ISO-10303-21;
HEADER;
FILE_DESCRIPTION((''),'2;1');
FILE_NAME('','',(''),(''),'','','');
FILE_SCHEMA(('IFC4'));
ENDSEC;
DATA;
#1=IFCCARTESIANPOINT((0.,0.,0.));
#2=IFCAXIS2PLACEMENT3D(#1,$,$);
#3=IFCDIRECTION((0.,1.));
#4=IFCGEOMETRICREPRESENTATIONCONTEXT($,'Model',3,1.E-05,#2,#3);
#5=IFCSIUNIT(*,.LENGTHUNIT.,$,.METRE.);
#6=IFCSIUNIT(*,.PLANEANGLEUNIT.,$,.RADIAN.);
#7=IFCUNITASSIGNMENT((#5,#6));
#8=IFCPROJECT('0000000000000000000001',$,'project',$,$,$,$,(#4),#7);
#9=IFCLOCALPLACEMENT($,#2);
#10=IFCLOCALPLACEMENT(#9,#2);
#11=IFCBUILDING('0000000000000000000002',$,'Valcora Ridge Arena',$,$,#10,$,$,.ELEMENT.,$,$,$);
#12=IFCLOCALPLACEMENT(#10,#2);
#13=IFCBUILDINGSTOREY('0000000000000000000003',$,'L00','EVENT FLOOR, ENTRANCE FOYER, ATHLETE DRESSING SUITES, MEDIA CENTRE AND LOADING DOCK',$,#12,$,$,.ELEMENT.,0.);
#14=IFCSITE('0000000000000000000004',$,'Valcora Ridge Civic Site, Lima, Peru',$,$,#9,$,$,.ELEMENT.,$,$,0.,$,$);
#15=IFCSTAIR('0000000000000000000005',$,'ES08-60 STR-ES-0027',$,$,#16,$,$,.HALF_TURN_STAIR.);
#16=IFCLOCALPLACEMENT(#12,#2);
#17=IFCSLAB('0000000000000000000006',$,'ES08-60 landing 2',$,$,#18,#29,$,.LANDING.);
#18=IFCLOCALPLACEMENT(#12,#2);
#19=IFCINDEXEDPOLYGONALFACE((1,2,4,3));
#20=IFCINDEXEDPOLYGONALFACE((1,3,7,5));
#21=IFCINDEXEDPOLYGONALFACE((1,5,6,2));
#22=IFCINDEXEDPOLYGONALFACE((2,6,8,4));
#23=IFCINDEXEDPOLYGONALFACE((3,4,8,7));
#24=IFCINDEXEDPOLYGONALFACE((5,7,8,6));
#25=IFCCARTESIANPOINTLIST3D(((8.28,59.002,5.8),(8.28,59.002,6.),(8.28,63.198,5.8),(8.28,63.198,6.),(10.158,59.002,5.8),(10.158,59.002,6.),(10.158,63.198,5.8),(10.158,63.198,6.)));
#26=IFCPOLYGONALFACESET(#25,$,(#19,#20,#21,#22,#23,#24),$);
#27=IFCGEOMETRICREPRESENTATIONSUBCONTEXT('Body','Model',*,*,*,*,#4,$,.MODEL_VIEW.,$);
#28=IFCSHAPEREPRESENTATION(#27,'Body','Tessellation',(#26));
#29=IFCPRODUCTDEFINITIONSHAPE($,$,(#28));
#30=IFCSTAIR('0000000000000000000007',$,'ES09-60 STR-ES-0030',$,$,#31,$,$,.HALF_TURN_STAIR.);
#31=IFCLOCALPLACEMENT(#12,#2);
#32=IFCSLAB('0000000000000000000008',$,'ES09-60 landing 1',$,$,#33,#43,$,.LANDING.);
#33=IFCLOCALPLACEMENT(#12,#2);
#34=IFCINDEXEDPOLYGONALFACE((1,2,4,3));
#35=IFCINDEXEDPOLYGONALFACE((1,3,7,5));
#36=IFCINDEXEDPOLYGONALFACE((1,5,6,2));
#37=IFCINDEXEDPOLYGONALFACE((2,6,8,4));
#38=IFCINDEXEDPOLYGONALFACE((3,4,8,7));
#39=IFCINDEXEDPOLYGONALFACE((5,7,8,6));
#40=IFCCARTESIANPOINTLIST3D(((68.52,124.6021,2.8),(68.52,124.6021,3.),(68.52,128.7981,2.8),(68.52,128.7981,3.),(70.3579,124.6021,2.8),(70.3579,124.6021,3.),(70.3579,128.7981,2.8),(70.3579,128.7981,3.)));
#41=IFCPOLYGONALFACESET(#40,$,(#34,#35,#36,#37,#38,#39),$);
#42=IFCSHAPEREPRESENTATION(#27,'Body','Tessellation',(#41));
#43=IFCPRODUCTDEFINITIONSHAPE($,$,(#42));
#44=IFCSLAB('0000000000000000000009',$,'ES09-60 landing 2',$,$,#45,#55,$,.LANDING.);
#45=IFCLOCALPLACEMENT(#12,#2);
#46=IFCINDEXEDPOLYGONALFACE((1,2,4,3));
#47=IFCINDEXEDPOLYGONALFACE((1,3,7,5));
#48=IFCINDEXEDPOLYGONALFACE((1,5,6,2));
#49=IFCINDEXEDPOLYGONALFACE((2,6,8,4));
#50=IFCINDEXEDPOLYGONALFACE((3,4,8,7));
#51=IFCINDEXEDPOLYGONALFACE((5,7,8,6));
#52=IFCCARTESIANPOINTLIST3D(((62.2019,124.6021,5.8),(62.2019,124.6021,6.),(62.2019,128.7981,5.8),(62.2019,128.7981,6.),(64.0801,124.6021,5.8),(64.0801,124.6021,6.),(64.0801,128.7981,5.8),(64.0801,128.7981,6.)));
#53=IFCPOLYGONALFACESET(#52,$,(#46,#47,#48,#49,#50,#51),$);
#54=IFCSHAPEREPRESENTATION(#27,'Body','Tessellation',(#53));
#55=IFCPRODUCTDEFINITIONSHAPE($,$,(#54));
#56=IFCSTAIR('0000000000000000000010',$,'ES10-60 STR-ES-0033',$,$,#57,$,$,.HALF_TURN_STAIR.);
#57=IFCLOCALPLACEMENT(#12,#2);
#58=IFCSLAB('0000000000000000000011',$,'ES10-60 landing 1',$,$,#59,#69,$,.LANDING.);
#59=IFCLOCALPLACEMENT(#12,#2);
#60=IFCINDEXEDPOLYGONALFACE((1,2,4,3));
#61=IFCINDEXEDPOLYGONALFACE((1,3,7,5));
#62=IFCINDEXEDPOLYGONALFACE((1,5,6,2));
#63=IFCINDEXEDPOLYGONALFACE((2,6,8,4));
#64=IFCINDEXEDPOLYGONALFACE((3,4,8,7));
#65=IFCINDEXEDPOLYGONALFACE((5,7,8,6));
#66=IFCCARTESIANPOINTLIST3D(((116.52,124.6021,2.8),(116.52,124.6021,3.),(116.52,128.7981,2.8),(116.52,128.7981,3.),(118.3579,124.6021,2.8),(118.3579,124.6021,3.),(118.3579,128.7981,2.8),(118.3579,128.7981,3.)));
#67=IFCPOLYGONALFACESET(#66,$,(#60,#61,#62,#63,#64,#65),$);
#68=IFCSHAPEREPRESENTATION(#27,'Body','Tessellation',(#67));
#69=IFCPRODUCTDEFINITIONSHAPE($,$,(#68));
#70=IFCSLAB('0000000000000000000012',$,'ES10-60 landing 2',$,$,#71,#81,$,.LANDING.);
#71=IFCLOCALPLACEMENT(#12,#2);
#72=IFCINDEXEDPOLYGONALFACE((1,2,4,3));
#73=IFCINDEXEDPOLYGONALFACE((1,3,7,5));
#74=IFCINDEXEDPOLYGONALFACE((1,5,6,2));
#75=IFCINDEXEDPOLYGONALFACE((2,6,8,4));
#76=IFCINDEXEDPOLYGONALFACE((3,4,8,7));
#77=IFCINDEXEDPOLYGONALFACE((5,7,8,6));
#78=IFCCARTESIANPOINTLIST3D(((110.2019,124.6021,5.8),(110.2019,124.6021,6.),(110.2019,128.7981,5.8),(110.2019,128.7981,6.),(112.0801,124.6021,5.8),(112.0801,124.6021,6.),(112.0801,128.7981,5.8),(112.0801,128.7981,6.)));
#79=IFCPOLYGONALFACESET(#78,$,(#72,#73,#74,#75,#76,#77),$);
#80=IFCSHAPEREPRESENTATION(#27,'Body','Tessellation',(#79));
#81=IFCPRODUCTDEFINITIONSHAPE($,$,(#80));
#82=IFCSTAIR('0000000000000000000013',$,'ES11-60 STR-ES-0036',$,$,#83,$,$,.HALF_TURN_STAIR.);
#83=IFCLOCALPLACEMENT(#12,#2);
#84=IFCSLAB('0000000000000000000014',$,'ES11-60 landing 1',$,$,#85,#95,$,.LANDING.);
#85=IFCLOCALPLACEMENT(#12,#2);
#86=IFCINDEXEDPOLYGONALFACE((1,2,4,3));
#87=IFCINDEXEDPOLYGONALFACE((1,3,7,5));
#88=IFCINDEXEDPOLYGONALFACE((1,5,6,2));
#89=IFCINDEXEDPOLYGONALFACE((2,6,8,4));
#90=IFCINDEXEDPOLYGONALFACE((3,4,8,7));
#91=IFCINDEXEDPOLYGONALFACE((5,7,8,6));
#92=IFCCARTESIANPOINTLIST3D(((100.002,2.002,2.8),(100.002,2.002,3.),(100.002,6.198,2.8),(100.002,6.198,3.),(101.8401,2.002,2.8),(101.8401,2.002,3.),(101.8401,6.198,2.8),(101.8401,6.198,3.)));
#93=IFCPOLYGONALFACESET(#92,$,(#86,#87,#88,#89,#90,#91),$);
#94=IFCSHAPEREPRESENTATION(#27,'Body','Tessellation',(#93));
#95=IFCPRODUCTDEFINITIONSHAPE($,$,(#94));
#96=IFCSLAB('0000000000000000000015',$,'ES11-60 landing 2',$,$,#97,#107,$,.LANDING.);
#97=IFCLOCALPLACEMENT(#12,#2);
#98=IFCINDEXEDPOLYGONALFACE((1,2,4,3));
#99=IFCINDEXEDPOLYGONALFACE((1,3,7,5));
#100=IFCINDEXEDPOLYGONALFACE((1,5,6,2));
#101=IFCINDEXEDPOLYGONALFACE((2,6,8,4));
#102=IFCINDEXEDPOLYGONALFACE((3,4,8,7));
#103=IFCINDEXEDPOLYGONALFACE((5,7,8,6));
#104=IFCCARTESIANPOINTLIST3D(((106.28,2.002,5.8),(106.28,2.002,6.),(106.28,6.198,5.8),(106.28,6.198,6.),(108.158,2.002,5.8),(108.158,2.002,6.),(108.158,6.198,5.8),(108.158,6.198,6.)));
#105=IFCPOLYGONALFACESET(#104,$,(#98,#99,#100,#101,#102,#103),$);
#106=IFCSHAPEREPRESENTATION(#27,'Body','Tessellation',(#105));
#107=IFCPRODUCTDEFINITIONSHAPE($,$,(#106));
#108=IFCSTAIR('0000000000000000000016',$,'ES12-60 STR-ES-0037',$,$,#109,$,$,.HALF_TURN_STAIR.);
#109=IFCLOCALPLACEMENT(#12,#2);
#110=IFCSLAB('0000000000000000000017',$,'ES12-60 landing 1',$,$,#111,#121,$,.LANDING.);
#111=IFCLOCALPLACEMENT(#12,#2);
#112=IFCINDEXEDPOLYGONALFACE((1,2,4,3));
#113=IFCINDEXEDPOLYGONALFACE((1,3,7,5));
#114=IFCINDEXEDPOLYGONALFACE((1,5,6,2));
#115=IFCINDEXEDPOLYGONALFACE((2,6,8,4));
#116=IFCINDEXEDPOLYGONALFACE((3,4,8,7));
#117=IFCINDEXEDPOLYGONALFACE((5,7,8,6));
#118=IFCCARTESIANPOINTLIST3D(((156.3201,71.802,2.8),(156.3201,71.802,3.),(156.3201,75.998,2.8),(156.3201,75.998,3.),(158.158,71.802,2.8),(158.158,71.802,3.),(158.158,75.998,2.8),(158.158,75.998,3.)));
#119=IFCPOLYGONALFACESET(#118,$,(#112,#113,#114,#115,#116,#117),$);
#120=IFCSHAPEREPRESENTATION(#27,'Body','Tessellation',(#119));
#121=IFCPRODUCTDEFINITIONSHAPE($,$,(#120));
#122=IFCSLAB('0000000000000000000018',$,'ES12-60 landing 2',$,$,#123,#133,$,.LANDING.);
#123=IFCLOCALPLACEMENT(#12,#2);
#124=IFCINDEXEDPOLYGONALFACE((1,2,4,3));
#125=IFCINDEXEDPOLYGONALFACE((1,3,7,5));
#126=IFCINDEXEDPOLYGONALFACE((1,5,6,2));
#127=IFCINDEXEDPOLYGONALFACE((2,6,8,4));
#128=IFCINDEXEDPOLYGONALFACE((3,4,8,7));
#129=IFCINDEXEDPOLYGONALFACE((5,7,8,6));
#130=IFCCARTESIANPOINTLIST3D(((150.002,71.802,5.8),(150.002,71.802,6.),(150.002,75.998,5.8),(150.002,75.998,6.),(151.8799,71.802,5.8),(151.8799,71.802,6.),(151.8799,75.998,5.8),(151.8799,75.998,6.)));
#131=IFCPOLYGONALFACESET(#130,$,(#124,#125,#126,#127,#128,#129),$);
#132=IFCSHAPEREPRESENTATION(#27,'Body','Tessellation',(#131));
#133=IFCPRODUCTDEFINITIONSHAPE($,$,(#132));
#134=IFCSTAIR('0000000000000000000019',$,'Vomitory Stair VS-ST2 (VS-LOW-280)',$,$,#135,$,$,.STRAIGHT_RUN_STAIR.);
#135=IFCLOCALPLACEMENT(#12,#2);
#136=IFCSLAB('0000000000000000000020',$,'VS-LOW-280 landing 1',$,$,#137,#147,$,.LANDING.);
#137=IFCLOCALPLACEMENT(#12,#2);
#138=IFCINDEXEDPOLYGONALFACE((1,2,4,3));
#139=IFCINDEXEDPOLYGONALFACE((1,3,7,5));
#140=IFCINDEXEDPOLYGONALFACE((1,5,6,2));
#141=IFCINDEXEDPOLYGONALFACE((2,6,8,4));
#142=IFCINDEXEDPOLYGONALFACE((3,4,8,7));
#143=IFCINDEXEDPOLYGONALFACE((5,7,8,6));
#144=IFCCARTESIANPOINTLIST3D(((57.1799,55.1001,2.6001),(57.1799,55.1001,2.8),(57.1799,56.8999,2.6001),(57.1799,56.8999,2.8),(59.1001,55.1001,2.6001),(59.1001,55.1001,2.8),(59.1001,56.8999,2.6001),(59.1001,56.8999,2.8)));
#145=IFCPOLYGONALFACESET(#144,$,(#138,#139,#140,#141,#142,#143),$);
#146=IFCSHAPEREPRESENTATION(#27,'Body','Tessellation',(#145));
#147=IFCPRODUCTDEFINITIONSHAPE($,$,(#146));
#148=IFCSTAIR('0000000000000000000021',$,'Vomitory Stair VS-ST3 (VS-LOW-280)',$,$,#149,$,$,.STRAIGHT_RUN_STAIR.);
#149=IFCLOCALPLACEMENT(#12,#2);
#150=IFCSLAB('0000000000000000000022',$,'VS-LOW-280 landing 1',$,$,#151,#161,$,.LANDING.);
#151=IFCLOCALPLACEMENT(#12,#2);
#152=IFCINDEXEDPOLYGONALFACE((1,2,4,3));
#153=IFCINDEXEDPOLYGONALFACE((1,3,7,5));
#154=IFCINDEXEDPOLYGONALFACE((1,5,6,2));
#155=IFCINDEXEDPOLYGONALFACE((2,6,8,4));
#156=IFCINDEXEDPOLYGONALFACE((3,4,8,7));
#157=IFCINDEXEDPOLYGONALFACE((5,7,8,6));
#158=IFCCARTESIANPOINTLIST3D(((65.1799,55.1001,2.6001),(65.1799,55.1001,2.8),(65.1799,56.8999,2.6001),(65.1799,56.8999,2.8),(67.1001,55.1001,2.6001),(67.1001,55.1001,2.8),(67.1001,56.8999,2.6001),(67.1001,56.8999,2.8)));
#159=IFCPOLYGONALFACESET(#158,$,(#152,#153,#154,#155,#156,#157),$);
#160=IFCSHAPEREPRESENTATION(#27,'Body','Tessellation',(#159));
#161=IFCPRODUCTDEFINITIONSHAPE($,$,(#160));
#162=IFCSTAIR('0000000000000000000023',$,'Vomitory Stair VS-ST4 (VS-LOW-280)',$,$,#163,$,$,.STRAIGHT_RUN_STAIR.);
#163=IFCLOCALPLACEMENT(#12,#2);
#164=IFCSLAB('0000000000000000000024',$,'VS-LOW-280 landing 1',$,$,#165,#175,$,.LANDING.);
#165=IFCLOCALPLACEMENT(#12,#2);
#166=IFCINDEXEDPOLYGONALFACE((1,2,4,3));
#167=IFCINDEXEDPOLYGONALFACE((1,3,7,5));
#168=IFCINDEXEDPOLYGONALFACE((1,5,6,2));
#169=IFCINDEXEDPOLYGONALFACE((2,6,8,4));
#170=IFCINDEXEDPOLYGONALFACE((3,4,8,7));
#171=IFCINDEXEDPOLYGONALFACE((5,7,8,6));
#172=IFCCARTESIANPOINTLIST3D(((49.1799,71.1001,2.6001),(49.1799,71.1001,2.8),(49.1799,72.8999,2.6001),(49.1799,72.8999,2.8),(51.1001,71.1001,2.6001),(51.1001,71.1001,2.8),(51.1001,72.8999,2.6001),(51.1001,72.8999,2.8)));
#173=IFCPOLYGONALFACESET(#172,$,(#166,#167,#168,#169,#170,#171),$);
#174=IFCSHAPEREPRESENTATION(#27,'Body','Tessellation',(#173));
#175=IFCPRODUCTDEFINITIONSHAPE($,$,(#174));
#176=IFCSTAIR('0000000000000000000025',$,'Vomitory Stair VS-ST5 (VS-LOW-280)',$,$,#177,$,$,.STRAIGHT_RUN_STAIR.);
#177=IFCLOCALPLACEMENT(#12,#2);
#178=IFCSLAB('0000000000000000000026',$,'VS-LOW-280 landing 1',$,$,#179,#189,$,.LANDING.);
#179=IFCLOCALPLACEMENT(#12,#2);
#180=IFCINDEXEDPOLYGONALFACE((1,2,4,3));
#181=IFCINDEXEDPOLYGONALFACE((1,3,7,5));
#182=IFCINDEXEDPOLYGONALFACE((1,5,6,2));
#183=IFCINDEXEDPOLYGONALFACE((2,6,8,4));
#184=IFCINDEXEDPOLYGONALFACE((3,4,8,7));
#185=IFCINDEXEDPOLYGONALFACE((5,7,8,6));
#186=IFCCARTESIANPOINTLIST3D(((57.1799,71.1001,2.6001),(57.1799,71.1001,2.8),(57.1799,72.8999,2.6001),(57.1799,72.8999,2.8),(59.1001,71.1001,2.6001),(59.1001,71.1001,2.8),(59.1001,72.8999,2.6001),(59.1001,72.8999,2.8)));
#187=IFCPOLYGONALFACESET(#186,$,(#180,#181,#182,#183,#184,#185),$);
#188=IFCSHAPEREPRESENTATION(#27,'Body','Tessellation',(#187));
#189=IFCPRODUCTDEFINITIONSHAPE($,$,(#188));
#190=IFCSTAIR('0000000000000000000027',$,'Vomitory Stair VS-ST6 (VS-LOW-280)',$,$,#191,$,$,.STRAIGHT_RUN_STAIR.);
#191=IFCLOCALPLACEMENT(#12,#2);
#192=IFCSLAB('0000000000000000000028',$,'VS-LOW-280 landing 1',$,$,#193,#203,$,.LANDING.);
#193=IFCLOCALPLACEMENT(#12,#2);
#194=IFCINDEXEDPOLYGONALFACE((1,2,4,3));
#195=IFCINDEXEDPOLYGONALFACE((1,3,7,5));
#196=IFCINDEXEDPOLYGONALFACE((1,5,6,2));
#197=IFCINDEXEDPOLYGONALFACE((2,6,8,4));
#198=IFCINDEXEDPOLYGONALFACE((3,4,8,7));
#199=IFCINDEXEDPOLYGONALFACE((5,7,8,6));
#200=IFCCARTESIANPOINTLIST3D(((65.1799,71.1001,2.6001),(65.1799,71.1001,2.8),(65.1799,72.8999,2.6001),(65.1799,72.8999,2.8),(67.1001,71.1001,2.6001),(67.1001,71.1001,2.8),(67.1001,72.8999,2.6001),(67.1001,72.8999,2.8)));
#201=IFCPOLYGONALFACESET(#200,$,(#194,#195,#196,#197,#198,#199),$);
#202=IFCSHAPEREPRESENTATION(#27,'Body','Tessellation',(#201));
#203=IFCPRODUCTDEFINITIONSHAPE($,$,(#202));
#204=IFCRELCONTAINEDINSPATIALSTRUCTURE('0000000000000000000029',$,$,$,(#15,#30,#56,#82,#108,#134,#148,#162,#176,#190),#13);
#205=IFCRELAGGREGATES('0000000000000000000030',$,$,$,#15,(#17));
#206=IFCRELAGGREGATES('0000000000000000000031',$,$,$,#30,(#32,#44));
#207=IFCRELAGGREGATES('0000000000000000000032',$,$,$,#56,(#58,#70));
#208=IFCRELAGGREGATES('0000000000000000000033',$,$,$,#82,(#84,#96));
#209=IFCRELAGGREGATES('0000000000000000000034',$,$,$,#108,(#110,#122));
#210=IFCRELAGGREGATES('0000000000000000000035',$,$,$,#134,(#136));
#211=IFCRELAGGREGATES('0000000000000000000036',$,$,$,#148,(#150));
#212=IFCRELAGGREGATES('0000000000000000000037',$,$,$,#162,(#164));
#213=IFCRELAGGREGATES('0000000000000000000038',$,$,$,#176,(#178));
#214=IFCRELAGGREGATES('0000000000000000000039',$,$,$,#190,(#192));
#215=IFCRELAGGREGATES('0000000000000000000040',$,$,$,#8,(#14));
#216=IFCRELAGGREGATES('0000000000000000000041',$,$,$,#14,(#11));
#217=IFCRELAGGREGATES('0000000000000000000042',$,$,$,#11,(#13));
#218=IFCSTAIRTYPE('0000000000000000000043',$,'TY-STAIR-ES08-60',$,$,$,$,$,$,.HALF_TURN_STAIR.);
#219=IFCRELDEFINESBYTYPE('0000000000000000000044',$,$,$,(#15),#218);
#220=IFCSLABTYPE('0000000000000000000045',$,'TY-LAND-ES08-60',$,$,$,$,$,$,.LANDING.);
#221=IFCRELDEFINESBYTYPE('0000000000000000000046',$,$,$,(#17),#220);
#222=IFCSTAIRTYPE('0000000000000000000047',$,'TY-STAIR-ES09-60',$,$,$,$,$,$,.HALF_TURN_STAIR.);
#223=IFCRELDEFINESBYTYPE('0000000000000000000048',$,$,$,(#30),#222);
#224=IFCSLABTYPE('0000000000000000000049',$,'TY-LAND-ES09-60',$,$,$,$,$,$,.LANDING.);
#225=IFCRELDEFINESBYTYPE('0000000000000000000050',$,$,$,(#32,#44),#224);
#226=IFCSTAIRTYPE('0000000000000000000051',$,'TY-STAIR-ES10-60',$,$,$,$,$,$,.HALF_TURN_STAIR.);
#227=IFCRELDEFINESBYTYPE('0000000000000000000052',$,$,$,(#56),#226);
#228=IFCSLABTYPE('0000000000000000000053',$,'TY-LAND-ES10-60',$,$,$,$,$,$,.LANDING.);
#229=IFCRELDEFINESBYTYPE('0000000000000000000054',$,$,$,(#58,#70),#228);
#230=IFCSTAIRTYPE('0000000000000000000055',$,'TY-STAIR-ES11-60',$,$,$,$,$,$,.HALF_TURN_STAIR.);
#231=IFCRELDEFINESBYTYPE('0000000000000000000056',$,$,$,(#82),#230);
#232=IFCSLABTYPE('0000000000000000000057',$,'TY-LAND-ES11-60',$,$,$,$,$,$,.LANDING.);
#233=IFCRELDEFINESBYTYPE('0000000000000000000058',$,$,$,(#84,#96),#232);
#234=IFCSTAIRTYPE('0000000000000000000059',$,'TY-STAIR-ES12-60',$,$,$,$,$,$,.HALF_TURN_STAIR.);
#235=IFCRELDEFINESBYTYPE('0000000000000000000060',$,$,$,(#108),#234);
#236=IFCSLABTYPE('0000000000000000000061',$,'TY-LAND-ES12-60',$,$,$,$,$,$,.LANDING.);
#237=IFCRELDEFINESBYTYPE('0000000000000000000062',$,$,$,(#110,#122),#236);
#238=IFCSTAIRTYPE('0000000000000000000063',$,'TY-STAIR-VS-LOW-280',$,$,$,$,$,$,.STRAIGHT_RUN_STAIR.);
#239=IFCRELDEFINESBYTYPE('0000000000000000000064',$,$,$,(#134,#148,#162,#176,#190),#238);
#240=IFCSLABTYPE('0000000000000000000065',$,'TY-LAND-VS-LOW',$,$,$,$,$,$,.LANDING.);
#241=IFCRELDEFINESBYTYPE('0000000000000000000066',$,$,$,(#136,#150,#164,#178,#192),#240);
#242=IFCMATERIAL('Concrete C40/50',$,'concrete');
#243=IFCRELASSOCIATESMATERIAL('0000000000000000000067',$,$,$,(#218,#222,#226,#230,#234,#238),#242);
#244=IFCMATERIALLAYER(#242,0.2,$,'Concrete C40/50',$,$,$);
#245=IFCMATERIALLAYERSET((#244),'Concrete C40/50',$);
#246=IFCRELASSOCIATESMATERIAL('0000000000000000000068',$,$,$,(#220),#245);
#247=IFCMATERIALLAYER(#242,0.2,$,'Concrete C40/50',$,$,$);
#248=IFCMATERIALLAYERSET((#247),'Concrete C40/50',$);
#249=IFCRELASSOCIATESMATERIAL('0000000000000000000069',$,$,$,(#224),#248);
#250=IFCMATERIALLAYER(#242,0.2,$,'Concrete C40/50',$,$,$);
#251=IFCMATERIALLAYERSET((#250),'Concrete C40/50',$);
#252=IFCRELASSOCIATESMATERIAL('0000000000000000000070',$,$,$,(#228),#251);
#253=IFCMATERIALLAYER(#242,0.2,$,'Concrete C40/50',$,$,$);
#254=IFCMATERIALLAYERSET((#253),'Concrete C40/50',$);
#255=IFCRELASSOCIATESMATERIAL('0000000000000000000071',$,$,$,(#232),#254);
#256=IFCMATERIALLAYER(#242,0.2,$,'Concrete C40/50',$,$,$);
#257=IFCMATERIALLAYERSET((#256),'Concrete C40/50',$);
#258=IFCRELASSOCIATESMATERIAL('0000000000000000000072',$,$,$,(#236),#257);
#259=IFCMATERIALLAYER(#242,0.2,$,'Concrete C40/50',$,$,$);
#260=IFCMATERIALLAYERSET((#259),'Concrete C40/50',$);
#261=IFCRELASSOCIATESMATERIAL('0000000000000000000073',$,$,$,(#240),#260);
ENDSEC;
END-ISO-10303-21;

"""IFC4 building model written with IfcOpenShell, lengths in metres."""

from ifc_helpers import new_model, si_unit, direction, frame, origin, place, context, subcontext, project, spatial, polyline, outline, extrude, material, layer, layer_set, type_object, element, aggregate, save


model = new_model("IFC4")

# Units and contexts
model_context = context("Model", 3, precision=1e-05, world=origin(), true_north=direction((0.0, 1.0)))
body_context = subcontext(model_context, "Body", "Model", "MODEL_VIEW")
ifc_project = project(units=[si_unit("LENGTHUNIT", "METRE"), si_unit("PLANEANGLEUNIT", "RADIAN")], contexts=[model_context])

# Site, building, storey
site_placement = place(None, origin())
site = spatial("IfcSite", under=ifc_project, at=site_placement, Name="Valcora Ridge Civic Site, Lima, Peru", CompositionType="ELEMENT", RefElevation=0.0)
building_placement = place(site_placement, origin())
building = spatial("IfcBuilding", under=site, at=building_placement, Name="Valcora Ridge Arena", CompositionType="ELEMENT")
storey_placement = place(building_placement, origin())
storey = spatial("IfcBuildingStorey", under=building, at=storey_placement, Name="L00", Description="EVENT FLOOR, ENTRANCE FOYER, ATHLETE DRESSING SUITES, MEDIA CENTRE AND LOADING DOCK", CompositionType="ELEMENT", Elevation=0.0)

# Stair, slab
ifc_material_1 = material(Name="Concrete C40/50", Category="concrete")
stair_type_1 = type_object("IfcStairType", Name="TY-STAIR-ES08-60", PredefinedType="HALF_TURN_STAIR", material=ifc_material_1)
stair_1_placement = place(storey_placement, origin())
stair_1 = element("IfcStair", 1, at=stair_1_placement, inside=storey, type_object=stair_type_1, Name="ES08-60 STR-ES-0027", PredefinedType="HALF_TURN_STAIR")
ifc_layer_1 = layer(ifc_material_1, 0.2, Name="Concrete C40/50")
ifc_layer_set_1 = layer_set([ifc_layer_1], Name="Concrete C40/50")
slab_type_1 = type_object("IfcSlabType", Name="TY-LAND-ES08-60", PredefinedType="LANDING", material=ifc_layer_set_1)
slab_1_placement = place(storey_placement, frame((0.0, 0.0, 5.8)))
slab_1 = element("IfcSlab", 2, at=slab_1_placement, type_object=slab_type_1, Name="ES08-60 landing 2", PredefinedType="LANDING", context=body_context, shape_type="SweptSolid", body=[
    extrude(outline(polyline([(8.28, 59.002), (10.158, 59.002), (10.158, 63.198), (8.28, 63.198), (8.28, 59.002)])), origin(), (0.0, 0.0, 1.0), 0.2),
])
aggregate(stair_1, [slab_1])

# Stairs, slabs
stair_type_2 = type_object("IfcStairType", Name="TY-STAIR-ES09-60", PredefinedType="HALF_TURN_STAIR", material=ifc_material_1)
stair_2_placement = place(storey_placement, origin())
stair_2 = element("IfcStair", 3, at=stair_2_placement, inside=storey, type_object=stair_type_2, Name="ES09-60 STR-ES-0030", PredefinedType="HALF_TURN_STAIR")
ifc_layer_2 = layer(ifc_material_1, 0.2, Name="Concrete C40/50")
ifc_layer_set_2 = layer_set([ifc_layer_2], Name="Concrete C40/50")
slab_type_2 = type_object("IfcSlabType", Name="TY-LAND-ES09-60", PredefinedType="LANDING", material=ifc_layer_set_2)
slab_2_placement = place(storey_placement, frame((0.0, 0.0, 2.8)))
slab_2 = element("IfcSlab", 4, at=slab_2_placement, type_object=slab_type_2, Name="ES09-60 landing 1", PredefinedType="LANDING", context=body_context, shape_type="SweptSolid", body=[
    extrude(outline(polyline([(68.52, 124.6021), (70.3579, 124.6021), (70.3579, 128.7981), (68.52, 128.7981), (68.52, 124.6021)])), origin(), (0.0, 0.0, 1.0), 0.2),
])
slab_3_placement = place(storey_placement, frame((0.0, 0.0, 5.8)))
slab_3 = element("IfcSlab", 5, at=slab_3_placement, type_object=slab_type_2, Name="ES09-60 landing 2", PredefinedType="LANDING", context=body_context, shape_type="SweptSolid", body=[
    extrude(outline(polyline([(62.2019, 124.6021), (64.0801, 124.6021), (64.0801, 128.7981), (62.2019, 128.7981), (62.2019, 124.6021)])), origin(), (0.0, 0.0, 1.0), 0.2),
])
aggregate(stair_2, [slab_2, slab_3])
stair_type_3 = type_object("IfcStairType", Name="TY-STAIR-ES10-60", PredefinedType="HALF_TURN_STAIR", material=ifc_material_1)
stair_3_placement = place(storey_placement, origin())
stair_3 = element("IfcStair", 6, at=stair_3_placement, inside=storey, type_object=stair_type_3, Name="ES10-60 STR-ES-0033", PredefinedType="HALF_TURN_STAIR")
ifc_layer_3 = layer(ifc_material_1, 0.2, Name="Concrete C40/50")
ifc_layer_set_3 = layer_set([ifc_layer_3], Name="Concrete C40/50")
slab_type_3 = type_object("IfcSlabType", Name="TY-LAND-ES10-60", PredefinedType="LANDING", material=ifc_layer_set_3)
slab_4_placement = place(storey_placement, frame((0.0, 0.0, 2.8)))
slab_4 = element("IfcSlab", 7, at=slab_4_placement, type_object=slab_type_3, Name="ES10-60 landing 1", PredefinedType="LANDING", context=body_context, shape_type="SweptSolid", body=[
    extrude(outline(polyline([(116.52, 124.6021), (118.3579, 124.6021), (118.3579, 128.7981), (116.52, 128.7981), (116.52, 124.6021)])), origin(), (0.0, 0.0, 1.0), 0.2),
])
slab_5_placement = place(storey_placement, frame((0.0, 0.0, 5.8)))
slab_5 = element("IfcSlab", 8, at=slab_5_placement, type_object=slab_type_3, Name="ES10-60 landing 2", PredefinedType="LANDING", context=body_context, shape_type="SweptSolid", body=[
    extrude(outline(polyline([(110.2019, 124.6021), (112.0801, 124.6021), (112.0801, 128.7981), (110.2019, 128.7981), (110.2019, 124.6021)])), origin(), (0.0, 0.0, 1.0), 0.2),
])
aggregate(stair_3, [slab_4, slab_5])
stair_type_4 = type_object("IfcStairType", Name="TY-STAIR-ES11-60", PredefinedType="HALF_TURN_STAIR", material=ifc_material_1)
stair_4_placement = place(storey_placement, origin())
stair_4 = element("IfcStair", 9, at=stair_4_placement, inside=storey, type_object=stair_type_4, Name="ES11-60 STR-ES-0036", PredefinedType="HALF_TURN_STAIR")
ifc_layer_4 = layer(ifc_material_1, 0.2, Name="Concrete C40/50")
ifc_layer_set_4 = layer_set([ifc_layer_4], Name="Concrete C40/50")
slab_type_4 = type_object("IfcSlabType", Name="TY-LAND-ES11-60", PredefinedType="LANDING", material=ifc_layer_set_4)
slab_6_placement = place(storey_placement, frame((0.0, 0.0, 2.8)))
slab_6 = element("IfcSlab", 10, at=slab_6_placement, type_object=slab_type_4, Name="ES11-60 landing 1", PredefinedType="LANDING", context=body_context, shape_type="SweptSolid", body=[
    extrude(outline(polyline([(100.002, 2.002), (101.8401, 2.002), (101.8401, 6.198), (100.002, 6.198), (100.002, 2.002)])), origin(), (0.0, 0.0, 1.0), 0.2),
])
slab_7_placement = place(storey_placement, frame((0.0, 0.0, 5.8)))
slab_7 = element("IfcSlab", 11, at=slab_7_placement, type_object=slab_type_4, Name="ES11-60 landing 2", PredefinedType="LANDING", context=body_context, shape_type="SweptSolid", body=[
    extrude(outline(polyline([(106.28, 2.002), (108.158, 2.002), (108.158, 6.198), (106.28, 6.198), (106.28, 2.002)])), origin(), (0.0, 0.0, 1.0), 0.2),
])
aggregate(stair_4, [slab_6, slab_7])
stair_type_5 = type_object("IfcStairType", Name="TY-STAIR-ES12-60", PredefinedType="HALF_TURN_STAIR", material=ifc_material_1)
stair_5_placement = place(storey_placement, origin())
stair_5 = element("IfcStair", 12, at=stair_5_placement, inside=storey, type_object=stair_type_5, Name="ES12-60 STR-ES-0037", PredefinedType="HALF_TURN_STAIR")
ifc_layer_5 = layer(ifc_material_1, 0.2, Name="Concrete C40/50")
ifc_layer_set_5 = layer_set([ifc_layer_5], Name="Concrete C40/50")
slab_type_5 = type_object("IfcSlabType", Name="TY-LAND-ES12-60", PredefinedType="LANDING", material=ifc_layer_set_5)
slab_8_placement = place(storey_placement, frame((0.0, 0.0, 2.8)))
slab_8 = element("IfcSlab", 13, at=slab_8_placement, type_object=slab_type_5, Name="ES12-60 landing 1", PredefinedType="LANDING", context=body_context, shape_type="SweptSolid", body=[
    extrude(outline(polyline([(156.3201, 71.802), (158.158, 71.802), (158.158, 75.998), (156.3201, 75.998), (156.3201, 71.802)])), origin(), (0.0, 0.0, 1.0), 0.2),
])
slab_9_placement = place(storey_placement, frame((0.0, 0.0, 5.8)))
slab_9 = element("IfcSlab", 14, at=slab_9_placement, type_object=slab_type_5, Name="ES12-60 landing 2", PredefinedType="LANDING", context=body_context, shape_type="SweptSolid", body=[
    extrude(outline(polyline([(150.002, 71.802), (151.8799, 71.802), (151.8799, 75.998), (150.002, 75.998), (150.002, 71.802)])), origin(), (0.0, 0.0, 1.0), 0.2),
])
aggregate(stair_5, [slab_8, slab_9])

# Stairs, slabs
stair_type_6 = type_object("IfcStairType", Name="TY-STAIR-VS-LOW-280", PredefinedType="STRAIGHT_RUN_STAIR", material=ifc_material_1)
stair_6_placement = place(storey_placement, origin())
stair_6 = element("IfcStair", 15, at=stair_6_placement, inside=storey, type_object=stair_type_6, Name="Vomitory Stair VS-ST2 (VS-LOW-280)", PredefinedType="STRAIGHT_RUN_STAIR")
ifc_layer_6 = layer(ifc_material_1, 0.2, Name="Concrete C40/50")
ifc_layer_set_6 = layer_set([ifc_layer_6], Name="Concrete C40/50")
slab_type_6 = type_object("IfcSlabType", Name="TY-LAND-VS-LOW", PredefinedType="LANDING", material=ifc_layer_set_6)
slab_10_placement = place(storey_placement, frame((0.0, 0.0, 2.6001)))
slab_10 = element("IfcSlab", 16, at=slab_10_placement, type_object=slab_type_6, Name="VS-LOW-280 landing 1", PredefinedType="LANDING", context=body_context, shape_type="SweptSolid", body=[
    extrude(outline(polyline([(57.1799, 55.1001), (59.1001, 55.1001), (59.1001, 56.8999), (57.1799, 56.8999), (57.1799, 55.1001)])), origin(), (0.0, 0.0, 1.0), 0.2),
])
aggregate(stair_6, [slab_10])
stair_7_placement = place(storey_placement, origin())
stair_7 = element("IfcStair", 17, at=stair_7_placement, inside=storey, type_object=stair_type_6, Name="Vomitory Stair VS-ST3 (VS-LOW-280)", PredefinedType="STRAIGHT_RUN_STAIR")
slab_11_placement = place(storey_placement, frame((0.0, 0.0, 2.6001)))
slab_11 = element("IfcSlab", 18, at=slab_11_placement, type_object=slab_type_6, Name="VS-LOW-280 landing 1", PredefinedType="LANDING", context=body_context, shape_type="SweptSolid", body=[
    extrude(outline(polyline([(65.1799, 55.1001), (67.1001, 55.1001), (67.1001, 56.8999), (65.1799, 56.8999), (65.1799, 55.1001)])), origin(), (0.0, 0.0, 1.0), 0.2),
])
aggregate(stair_7, [slab_11])
stair_8_placement = place(storey_placement, origin())
stair_8 = element("IfcStair", 19, at=stair_8_placement, inside=storey, type_object=stair_type_6, Name="Vomitory Stair VS-ST4 (VS-LOW-280)", PredefinedType="STRAIGHT_RUN_STAIR")
slab_12_placement = place(storey_placement, frame((0.0, 0.0, 2.6001)))
slab_12 = element("IfcSlab", 20, at=slab_12_placement, type_object=slab_type_6, Name="VS-LOW-280 landing 1", PredefinedType="LANDING", context=body_context, shape_type="SweptSolid", body=[
    extrude(outline(polyline([(49.1799, 71.1001), (51.1001, 71.1001), (51.1001, 72.8999), (49.1799, 72.8999), (49.1799, 71.1001)])), origin(), (0.0, 0.0, 1.0), 0.2),
])
aggregate(stair_8, [slab_12])
stair_9_placement = place(storey_placement, origin())
stair_9 = element("IfcStair", 21, at=stair_9_placement, inside=storey, type_object=stair_type_6, Name="Vomitory Stair VS-ST5 (VS-LOW-280)", PredefinedType="STRAIGHT_RUN_STAIR")
slab_13_placement = place(storey_placement, frame((0.0, 0.0, 2.6001)))
slab_13 = element("IfcSlab", 22, at=slab_13_placement, type_object=slab_type_6, Name="VS-LOW-280 landing 1", PredefinedType="LANDING", context=body_context, shape_type="SweptSolid", body=[
    extrude(outline(polyline([(57.1799, 71.1001), (59.1001, 71.1001), (59.1001, 72.8999), (57.1799, 72.8999), (57.1799, 71.1001)])), origin(), (0.0, 0.0, 1.0), 0.2),
])
aggregate(stair_9, [slab_13])
stair_10_placement = place(storey_placement, origin())
stair_10 = element("IfcStair", 23, at=stair_10_placement, inside=storey, type_object=stair_type_6, Name="Vomitory Stair VS-ST6 (VS-LOW-280)", PredefinedType="STRAIGHT_RUN_STAIR")
slab_14_placement = place(storey_placement, frame((0.0, 0.0, 2.6001)))
slab_14 = element("IfcSlab", 24, at=slab_14_placement, type_object=slab_type_6, Name="VS-LOW-280 landing 1", PredefinedType="LANDING", context=body_context, shape_type="SweptSolid", body=[
    extrude(outline(polyline([(65.1799, 71.1001), (67.1001, 71.1001), (67.1001, 72.8999), (65.1799, 72.8999), (65.1799, 71.1001)])), origin(), (0.0, 0.0, 1.0), 0.2),
])
aggregate(stair_10, [slab_14])

save(model, "model.ifc")
